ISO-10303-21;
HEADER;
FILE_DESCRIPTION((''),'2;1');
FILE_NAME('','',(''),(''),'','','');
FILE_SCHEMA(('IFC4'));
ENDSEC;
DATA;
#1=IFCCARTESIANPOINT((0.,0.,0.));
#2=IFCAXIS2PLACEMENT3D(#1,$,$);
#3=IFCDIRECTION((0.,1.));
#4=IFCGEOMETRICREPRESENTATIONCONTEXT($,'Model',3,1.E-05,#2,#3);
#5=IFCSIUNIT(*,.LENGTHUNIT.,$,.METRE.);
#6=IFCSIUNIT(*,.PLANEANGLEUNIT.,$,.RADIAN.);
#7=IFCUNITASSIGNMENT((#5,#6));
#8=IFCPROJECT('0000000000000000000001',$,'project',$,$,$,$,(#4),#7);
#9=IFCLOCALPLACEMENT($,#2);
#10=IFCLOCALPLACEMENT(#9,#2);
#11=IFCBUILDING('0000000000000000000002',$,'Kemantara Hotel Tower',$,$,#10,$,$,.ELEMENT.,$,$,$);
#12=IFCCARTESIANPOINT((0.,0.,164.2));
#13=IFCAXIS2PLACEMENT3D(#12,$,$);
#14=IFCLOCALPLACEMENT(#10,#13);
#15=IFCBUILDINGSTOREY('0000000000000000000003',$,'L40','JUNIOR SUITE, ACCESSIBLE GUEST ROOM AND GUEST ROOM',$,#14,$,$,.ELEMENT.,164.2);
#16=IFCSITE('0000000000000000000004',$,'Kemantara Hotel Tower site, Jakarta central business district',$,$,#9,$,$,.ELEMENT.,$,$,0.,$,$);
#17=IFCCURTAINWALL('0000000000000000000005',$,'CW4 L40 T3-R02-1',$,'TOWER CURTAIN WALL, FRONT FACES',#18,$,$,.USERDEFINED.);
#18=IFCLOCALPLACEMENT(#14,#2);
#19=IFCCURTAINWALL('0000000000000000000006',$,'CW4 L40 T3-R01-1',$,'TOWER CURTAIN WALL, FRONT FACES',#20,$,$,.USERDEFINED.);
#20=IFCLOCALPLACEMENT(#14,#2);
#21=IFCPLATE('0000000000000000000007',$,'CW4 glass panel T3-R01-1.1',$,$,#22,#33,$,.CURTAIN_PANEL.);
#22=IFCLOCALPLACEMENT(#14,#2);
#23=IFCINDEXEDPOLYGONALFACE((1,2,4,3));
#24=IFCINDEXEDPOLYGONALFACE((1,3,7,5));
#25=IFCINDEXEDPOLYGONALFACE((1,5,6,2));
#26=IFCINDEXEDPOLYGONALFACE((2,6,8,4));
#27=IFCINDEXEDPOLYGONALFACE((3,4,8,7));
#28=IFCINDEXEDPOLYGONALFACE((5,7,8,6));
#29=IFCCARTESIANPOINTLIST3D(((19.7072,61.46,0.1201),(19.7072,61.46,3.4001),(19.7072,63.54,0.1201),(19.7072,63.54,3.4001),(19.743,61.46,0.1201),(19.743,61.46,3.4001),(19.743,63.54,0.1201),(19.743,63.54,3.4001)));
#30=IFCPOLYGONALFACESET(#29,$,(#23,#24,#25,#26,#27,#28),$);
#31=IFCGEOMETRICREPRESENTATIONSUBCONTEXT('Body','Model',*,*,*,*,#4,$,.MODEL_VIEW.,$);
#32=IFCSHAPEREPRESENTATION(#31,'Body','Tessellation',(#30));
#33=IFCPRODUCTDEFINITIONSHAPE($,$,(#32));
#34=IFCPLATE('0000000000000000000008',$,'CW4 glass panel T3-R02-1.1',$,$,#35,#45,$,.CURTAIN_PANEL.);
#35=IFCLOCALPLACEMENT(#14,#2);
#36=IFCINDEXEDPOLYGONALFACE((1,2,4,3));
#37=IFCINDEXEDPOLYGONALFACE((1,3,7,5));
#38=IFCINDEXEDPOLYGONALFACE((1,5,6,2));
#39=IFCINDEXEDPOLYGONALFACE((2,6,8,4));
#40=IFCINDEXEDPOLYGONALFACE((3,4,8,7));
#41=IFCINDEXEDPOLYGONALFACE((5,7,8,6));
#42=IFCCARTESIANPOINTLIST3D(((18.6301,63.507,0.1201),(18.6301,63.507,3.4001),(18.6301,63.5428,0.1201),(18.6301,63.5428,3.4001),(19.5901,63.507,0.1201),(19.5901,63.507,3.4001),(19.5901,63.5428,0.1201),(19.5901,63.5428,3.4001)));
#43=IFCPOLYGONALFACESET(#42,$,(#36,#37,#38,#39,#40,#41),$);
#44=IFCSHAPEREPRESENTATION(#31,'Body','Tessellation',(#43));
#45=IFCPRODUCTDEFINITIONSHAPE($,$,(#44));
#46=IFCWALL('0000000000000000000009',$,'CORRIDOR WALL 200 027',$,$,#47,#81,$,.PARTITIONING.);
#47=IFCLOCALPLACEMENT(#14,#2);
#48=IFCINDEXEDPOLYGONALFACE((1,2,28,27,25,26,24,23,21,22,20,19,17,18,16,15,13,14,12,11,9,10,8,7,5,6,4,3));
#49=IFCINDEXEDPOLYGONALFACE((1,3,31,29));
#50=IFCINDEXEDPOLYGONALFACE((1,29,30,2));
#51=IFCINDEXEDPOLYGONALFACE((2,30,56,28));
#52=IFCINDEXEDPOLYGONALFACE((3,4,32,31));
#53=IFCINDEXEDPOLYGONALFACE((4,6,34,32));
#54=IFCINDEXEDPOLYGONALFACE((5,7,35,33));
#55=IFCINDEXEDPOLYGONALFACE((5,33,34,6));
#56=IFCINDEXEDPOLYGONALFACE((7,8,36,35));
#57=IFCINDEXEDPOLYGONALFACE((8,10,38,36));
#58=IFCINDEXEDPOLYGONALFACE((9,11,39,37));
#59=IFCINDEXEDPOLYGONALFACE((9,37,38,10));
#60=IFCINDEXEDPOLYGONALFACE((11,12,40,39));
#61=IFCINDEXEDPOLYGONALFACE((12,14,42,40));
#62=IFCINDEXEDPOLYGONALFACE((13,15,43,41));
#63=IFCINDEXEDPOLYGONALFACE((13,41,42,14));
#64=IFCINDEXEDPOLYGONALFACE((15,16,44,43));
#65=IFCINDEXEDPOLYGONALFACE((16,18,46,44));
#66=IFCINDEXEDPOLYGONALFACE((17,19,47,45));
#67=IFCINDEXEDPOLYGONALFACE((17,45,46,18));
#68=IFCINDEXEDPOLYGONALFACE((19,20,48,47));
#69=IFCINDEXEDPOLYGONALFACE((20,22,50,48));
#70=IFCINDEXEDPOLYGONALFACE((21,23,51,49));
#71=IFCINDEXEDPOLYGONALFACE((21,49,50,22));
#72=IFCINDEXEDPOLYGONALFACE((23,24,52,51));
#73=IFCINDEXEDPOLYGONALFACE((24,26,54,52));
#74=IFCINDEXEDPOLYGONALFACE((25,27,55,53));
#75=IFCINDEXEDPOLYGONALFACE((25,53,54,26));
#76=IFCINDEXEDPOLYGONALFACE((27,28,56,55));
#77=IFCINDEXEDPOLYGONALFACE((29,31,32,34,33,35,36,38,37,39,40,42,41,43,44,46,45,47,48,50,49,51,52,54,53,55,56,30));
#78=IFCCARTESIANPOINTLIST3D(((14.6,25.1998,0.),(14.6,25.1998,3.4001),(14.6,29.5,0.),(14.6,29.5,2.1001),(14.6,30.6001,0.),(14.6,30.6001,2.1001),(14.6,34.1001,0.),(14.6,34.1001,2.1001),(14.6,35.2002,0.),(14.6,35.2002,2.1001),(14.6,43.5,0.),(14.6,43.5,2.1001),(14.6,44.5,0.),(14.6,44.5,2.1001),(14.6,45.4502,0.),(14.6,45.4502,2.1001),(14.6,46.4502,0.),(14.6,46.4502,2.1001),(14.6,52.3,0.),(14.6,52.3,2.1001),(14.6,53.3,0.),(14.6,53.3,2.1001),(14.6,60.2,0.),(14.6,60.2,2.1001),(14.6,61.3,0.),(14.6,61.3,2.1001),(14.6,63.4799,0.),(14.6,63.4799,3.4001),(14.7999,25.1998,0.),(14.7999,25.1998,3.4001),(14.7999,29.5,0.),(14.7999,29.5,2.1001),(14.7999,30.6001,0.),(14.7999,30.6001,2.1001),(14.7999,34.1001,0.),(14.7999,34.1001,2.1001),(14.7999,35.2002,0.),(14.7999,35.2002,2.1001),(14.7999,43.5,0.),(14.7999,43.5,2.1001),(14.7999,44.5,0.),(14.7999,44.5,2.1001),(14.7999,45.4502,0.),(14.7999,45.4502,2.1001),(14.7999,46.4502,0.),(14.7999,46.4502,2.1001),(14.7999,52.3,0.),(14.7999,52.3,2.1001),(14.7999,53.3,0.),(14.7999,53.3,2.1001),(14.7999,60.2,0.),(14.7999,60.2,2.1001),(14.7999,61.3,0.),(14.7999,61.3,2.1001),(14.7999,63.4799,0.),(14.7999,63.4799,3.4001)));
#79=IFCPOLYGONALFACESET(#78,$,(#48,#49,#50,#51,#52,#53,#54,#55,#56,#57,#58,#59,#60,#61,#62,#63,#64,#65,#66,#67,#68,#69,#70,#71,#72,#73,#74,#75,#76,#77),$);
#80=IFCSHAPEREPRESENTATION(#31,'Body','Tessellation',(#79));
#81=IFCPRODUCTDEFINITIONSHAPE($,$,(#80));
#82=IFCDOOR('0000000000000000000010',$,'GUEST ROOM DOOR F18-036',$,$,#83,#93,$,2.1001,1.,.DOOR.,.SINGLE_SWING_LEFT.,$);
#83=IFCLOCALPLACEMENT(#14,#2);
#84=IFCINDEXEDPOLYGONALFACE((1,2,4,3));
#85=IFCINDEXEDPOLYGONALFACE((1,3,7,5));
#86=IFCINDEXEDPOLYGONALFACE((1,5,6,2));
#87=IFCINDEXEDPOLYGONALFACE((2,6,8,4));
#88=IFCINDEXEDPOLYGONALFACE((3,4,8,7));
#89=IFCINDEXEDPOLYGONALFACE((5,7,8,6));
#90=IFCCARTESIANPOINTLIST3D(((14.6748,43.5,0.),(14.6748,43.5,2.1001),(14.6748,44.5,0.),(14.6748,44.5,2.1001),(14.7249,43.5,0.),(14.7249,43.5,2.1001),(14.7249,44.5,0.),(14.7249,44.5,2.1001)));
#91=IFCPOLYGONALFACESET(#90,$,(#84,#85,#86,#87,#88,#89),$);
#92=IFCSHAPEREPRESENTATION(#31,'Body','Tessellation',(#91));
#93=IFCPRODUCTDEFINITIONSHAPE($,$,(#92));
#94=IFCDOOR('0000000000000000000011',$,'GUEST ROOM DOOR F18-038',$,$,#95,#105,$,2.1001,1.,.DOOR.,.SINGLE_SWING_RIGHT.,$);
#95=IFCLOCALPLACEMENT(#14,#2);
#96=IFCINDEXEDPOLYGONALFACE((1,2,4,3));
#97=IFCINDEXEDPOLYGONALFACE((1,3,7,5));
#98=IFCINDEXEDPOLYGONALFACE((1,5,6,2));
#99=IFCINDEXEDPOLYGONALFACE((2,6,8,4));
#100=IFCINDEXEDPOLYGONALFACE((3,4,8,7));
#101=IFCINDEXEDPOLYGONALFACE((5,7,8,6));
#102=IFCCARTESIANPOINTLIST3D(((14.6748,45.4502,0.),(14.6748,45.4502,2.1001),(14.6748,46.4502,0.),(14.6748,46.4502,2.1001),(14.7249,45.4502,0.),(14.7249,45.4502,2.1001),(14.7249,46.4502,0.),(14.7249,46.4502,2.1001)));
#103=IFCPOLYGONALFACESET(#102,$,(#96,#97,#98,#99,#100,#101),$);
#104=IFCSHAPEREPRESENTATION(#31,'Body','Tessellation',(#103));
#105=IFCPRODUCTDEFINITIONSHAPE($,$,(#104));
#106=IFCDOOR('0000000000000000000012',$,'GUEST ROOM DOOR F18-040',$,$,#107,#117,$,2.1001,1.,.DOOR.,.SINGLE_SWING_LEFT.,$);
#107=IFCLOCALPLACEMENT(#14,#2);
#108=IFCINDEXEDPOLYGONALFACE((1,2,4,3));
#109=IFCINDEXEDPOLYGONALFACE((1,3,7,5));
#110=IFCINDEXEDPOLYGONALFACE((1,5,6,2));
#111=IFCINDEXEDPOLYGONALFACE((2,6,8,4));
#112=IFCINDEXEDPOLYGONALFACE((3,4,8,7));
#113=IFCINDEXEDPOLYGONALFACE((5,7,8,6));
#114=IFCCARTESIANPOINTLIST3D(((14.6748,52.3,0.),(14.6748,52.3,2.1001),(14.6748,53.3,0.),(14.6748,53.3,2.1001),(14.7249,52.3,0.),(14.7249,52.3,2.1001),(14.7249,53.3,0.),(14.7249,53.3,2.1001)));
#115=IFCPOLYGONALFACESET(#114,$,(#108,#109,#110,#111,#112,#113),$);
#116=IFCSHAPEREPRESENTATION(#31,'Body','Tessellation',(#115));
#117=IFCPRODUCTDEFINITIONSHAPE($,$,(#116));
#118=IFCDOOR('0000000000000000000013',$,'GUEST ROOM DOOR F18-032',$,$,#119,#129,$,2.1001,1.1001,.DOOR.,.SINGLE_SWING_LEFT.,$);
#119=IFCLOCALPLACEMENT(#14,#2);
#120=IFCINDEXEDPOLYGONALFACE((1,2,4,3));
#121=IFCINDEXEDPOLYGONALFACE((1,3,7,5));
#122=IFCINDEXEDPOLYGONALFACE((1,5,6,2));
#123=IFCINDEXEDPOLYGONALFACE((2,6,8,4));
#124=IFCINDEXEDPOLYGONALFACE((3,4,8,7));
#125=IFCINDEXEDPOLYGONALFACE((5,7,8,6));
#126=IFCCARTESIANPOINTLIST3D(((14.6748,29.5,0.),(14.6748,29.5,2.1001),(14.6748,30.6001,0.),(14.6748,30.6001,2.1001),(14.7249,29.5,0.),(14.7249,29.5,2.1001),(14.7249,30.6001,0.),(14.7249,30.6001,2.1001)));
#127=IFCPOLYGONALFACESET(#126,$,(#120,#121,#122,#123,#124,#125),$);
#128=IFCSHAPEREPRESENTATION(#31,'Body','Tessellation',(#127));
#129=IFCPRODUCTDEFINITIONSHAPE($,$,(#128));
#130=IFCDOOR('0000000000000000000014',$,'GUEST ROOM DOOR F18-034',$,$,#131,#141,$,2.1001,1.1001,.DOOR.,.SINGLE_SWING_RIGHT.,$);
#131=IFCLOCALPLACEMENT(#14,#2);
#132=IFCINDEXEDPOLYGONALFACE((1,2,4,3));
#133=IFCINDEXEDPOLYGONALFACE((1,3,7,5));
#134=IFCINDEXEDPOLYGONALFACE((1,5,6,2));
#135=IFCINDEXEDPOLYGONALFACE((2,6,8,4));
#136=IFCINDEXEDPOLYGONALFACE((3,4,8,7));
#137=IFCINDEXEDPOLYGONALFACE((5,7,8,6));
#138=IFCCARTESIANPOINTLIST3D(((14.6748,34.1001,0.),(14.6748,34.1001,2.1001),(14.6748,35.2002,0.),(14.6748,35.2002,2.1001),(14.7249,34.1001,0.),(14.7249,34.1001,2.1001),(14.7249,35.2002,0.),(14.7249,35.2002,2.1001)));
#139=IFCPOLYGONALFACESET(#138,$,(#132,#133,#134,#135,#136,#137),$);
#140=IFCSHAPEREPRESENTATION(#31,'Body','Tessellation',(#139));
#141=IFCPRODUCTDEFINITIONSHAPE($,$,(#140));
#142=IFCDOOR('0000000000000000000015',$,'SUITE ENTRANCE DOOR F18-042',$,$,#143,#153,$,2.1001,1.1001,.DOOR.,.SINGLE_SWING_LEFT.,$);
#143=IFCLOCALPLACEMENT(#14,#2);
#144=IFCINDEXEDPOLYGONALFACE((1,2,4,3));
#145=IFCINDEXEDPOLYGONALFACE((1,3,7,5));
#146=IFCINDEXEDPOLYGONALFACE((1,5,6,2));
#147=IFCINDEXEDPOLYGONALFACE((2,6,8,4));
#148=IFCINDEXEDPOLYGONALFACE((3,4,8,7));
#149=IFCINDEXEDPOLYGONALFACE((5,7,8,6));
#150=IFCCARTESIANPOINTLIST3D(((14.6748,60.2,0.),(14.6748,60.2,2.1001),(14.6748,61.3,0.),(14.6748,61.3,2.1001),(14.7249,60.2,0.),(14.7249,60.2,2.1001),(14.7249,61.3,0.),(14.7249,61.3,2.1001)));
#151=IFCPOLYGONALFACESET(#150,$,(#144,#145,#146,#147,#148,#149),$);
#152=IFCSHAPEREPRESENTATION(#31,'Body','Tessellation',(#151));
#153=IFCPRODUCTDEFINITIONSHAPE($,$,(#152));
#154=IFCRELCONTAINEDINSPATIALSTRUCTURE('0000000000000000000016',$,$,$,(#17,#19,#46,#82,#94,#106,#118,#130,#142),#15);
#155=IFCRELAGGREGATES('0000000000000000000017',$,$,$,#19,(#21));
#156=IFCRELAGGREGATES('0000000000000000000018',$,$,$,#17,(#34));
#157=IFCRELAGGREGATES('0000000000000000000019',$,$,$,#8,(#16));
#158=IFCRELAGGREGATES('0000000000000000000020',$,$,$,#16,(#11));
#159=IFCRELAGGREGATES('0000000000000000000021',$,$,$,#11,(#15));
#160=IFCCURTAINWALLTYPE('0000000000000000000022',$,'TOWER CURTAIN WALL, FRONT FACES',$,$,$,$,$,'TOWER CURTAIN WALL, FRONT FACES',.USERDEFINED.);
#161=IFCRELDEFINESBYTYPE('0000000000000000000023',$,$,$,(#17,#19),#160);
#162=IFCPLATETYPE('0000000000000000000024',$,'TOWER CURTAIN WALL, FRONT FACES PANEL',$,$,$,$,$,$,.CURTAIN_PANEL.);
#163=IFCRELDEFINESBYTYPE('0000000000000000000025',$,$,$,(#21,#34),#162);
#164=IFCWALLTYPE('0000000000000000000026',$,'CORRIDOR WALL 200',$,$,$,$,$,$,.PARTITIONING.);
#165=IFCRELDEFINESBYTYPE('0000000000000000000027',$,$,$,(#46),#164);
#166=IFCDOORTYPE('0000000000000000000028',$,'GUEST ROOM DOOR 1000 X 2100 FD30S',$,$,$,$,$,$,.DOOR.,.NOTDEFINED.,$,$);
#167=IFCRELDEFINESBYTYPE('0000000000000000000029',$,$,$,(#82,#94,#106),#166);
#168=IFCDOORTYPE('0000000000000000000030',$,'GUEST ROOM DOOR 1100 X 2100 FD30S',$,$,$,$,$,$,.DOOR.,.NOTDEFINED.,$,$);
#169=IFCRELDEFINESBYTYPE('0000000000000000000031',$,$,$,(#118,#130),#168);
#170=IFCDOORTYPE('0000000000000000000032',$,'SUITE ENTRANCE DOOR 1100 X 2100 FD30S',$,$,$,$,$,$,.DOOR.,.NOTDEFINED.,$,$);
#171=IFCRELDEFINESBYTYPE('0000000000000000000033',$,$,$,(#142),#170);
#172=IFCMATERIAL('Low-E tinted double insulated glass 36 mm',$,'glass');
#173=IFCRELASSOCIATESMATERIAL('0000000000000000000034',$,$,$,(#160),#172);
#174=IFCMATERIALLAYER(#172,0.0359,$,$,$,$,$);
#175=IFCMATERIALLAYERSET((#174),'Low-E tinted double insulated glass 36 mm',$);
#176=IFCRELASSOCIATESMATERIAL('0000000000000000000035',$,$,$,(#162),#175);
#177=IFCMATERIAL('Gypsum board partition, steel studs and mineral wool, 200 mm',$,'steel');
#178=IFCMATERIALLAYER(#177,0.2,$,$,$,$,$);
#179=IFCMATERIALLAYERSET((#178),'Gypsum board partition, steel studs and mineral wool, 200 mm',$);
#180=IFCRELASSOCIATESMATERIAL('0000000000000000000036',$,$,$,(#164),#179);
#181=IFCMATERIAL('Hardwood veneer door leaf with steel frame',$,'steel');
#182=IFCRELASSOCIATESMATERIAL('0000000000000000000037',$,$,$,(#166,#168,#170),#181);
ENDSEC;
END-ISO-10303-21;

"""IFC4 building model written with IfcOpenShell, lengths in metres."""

from ifc_helpers import new_model, si_unit, direction, frame, frame_2d, origin, origin_2d, place, context, subcontext, project, spatial, rectangle, extrude, source, transform, mapped, material, layer, layer_set, type_object, element, fill, aggregate, save


model = new_model("IFC4")

# Units and contexts
model_context = context("Model", 3, precision=1e-05, world=origin(), true_north=direction((0.0, 1.0)))
body_context = subcontext(model_context, "Body", "Model", "MODEL_VIEW")
ifc_project = project(units=[si_unit("LENGTHUNIT", "METRE"), si_unit("PLANEANGLEUNIT", "RADIAN")], contexts=[model_context])

# Site, building, storey
site_placement = place(None, origin())
site = spatial("IfcSite", under=ifc_project, at=site_placement, Name="Kemantara Hotel Tower site, Jakarta central business district", CompositionType="ELEMENT", RefElevation=0.0)
building_placement = place(site_placement, origin())
building = spatial("IfcBuilding", under=site, at=building_placement, Name="Kemantara Hotel Tower", CompositionType="ELEMENT")
storey_placement = place(building_placement, frame((0.0, 0.0, 164.2)))
storey = spatial("IfcBuildingStorey", under=building, at=storey_placement, Name="L40", Description="JUNIOR SUITE, ACCESSIBLE GUEST ROOM AND GUEST ROOM", CompositionType="ELEMENT", Elevation=164.2)

# Curtain walls
ifc_material_1 = material(Name="Low-E tinted double insulated glass 36 mm", Category="glass")
curtain_wall_type = type_object("IfcCurtainWallType", Name="TOWER CURTAIN WALL, FRONT FACES", ElementType="TOWER CURTAIN WALL, FRONT FACES", PredefinedType="USERDEFINED", material=ifc_material_1)
curtain_wall_1_placement = place(storey_placement, origin())
curtain_wall_1 = element("IfcCurtainWall", 1, at=curtain_wall_1_placement, inside=storey, type_object=curtain_wall_type, Name="CW4 L40 T3-R02-1", ObjectType="TOWER CURTAIN WALL, FRONT FACES", PredefinedType="USERDEFINED")
curtain_wall_2_placement = place(storey_placement, origin())
curtain_wall_2 = element("IfcCurtainWall", 2, at=curtain_wall_2_placement, inside=storey, type_object=curtain_wall_type, Name="CW4 L40 T3-R01-1", ObjectType="TOWER CURTAIN WALL, FRONT FACES", PredefinedType="USERDEFINED")

# Plates
ifc_layer_1 = layer(ifc_material_1, 0.0359)
ifc_layer_set_1 = layer_set([ifc_layer_1], Name="Low-E tinted double insulated glass 36 mm")
plate_type = type_object("IfcPlateType", Name="TOWER CURTAIN WALL, FRONT FACES PANEL", PredefinedType="CURTAIN_PANEL", material=ifc_layer_set_1)
shared_shape_1 = source(origin(), body_context, "Body", "SweptSolid", [
    extrude(rectangle(XDim=2.0801, YDim=0.0359, at=origin_2d()), origin(), (0.0, 0.0, 1.0), 3.28),
])
plate_1_placement = place(storey_placement, frame((19.7251, 62.5, 0.1201), z_axis=(0.0, 0.0, 1.0), x_axis=(0.0, 1.0, 0.0)))
plate_1 = element("IfcPlate", 3, at=plate_1_placement, type_object=plate_type, Name="CW4 glass panel T3-R01-1.1", PredefinedType="CURTAIN_PANEL", context=body_context, shape_type="MappedRepresentation", body=[
    mapped(shared_shape_1, transform((0.0, 0.0, 0.0))),
])
aggregate(curtain_wall_2, [plate_1])
shared_shape_2 = source(origin(), body_context, "Body", "SweptSolid", [
    extrude(rectangle(XDim=0.96, YDim=0.0359, at=origin_2d()), origin(), (0.0, 0.0, 1.0), 3.28),
])
plate_2_placement = place(storey_placement, frame((19.1101, 63.5249, 0.1201), z_axis=(0.0, 0.0, 1.0), x_axis=(-1.0, 0.0, 0.0)))
plate_2 = element("IfcPlate", 4, at=plate_2_placement, type_object=plate_type, Name="CW4 glass panel T3-R02-1.1", PredefinedType="CURTAIN_PANEL", context=body_context, shape_type="MappedRepresentation", body=[
    mapped(shared_shape_2, transform((0.0, 0.0, 0.0))),
])
aggregate(curtain_wall_1, [plate_2])

# Wall, openings, doors
ifc_material_2 = material(Name="Gypsum board partition, steel studs and mineral wool, 200 mm", Category="steel")
ifc_layer_2 = layer(ifc_material_2, 0.2)
ifc_layer_set_2 = layer_set([ifc_layer_2], Name="Gypsum board partition, steel studs and mineral wool, 200 mm")
wall_type = type_object("IfcWallType", Name="CORRIDOR WALL 200", PredefinedType="PARTITIONING", material=ifc_layer_set_2)
wall_placement = place(storey_placement, frame((14.7, 63.48, 0.0), z_axis=(0.0, 0.0, 1.0), x_axis=(0.0, -1.0, 0.0)))
wall = element("IfcWall", 5, at=wall_placement, inside=storey, type_object=wall_type, Name="CORRIDOR WALL 200 027", PredefinedType="PARTITIONING", context=body_context, shape_type="SweptSolid", body=[
    extrude(rectangle(XDim=38.28, YDim=0.2, at=frame_2d((19.1401, 0.0))), origin(), (0.0, 0.0, 1.0), 3.4001),
])
opening_1_placement = place(wall_placement, frame((32.8799, 0.0, 0.0)))
opening_1 = element("IfcOpeningElement", 6, at=opening_1_placement, cuts=wall, PredefinedType="OPENING", context=body_context, shape_type="SweptSolid", body=[
    extrude(rectangle(XDim=1.1001, YDim=2.1001, at=frame_2d((0.55, 1.05))), frame((0.0, 0.1099, 0.0), z_axis=(0.0, -1.0, 0.0), x_axis=(1.0, 0.0, 0.0)), (0.0, 0.0, 1.0), 0.22),
])
opening_2_placement = place(wall_placement, frame((28.2798, 0.0, 0.0)))
opening_2 = element("IfcOpeningElement", 7, at=opening_2_placement, cuts=wall, PredefinedType="OPENING", context=body_context, shape_type="SweptSolid", body=[
    extrude(rectangle(XDim=1.1001, YDim=2.1001, at=frame_2d((0.55, 1.05))), frame((0.0, 0.1099, 0.0), z_axis=(0.0, -1.0, 0.0), x_axis=(1.0, 0.0, 0.0)), (0.0, 0.0, 1.0), 0.22),
])
opening_3_placement = place(wall_placement, frame((18.98, 0.0, 0.0)))
opening_3 = element("IfcOpeningElement", 8, at=opening_3_placement, cuts=wall, PredefinedType="OPENING", context=body_context, shape_type="SweptSolid", body=[
    extrude(rectangle(XDim=1.0, YDim=2.1001, at=frame_2d((0.5, 1.05))), frame((0.0, 0.1099, 0.0), z_axis=(0.0, -1.0, 0.0), x_axis=(1.0, 0.0, 0.0)), (0.0, 0.0, 1.0), 0.22),
])
opening_4_placement = place(wall_placement, frame((17.0298, 0.0, 0.0)))
opening_4 = element("IfcOpeningElement", 9, at=opening_4_placement, cuts=wall, PredefinedType="OPENING", context=body_context, shape_type="SweptSolid", body=[
    extrude(rectangle(XDim=1.0, YDim=2.1001, at=frame_2d((0.5, 1.05))), frame((0.0, 0.1099, 0.0), z_axis=(0.0, -1.0, 0.0), x_axis=(1.0, 0.0, 0.0)), (0.0, 0.0, 1.0), 0.22),
])
opening_5_placement = place(wall_placement, frame((10.1799, 0.0, 0.0)))
opening_5 = element("IfcOpeningElement", 10, at=opening_5_placement, cuts=wall, PredefinedType="OPENING", context=body_context, shape_type="SweptSolid", body=[
    extrude(rectangle(XDim=1.0, YDim=2.1001, at=frame_2d((0.5, 1.05))), frame((0.0, 0.1099, 0.0), z_axis=(0.0, -1.0, 0.0), x_axis=(1.0, 0.0, 0.0)), (0.0, 0.0, 1.0), 0.22),
])
opening_6_placement = place(wall_placement, frame((2.1799, 0.0, 0.0)))
opening_6 = element("IfcOpeningElement", 11, at=opening_6_placement, cuts=wall, PredefinedType="OPENING", context=body_context, shape_type="SweptSolid", body=[
    extrude(rectangle(XDim=1.1001, YDim=2.1001, at=frame_2d((0.55, 1.05))), frame((0.0, 0.1099, 0.0), z_axis=(0.0, -1.0, 0.0), x_axis=(1.0, 0.0, 0.0)), (0.0, 0.0, 1.0), 0.22),
])
ifc_material_3 = material(Name="Hardwood veneer door leaf with steel frame", Category="steel")
door_type_1 = type_object("IfcDoorType", Name="GUEST ROOM DOOR 1000 X 2100 FD30S", OperationType="NOTDEFINED", PredefinedType="DOOR", material=ifc_material_3)
door_1_placement = place(opening_3_placement, origin())
door_1 = element("IfcDoor", 12, at=door_1_placement, inside=storey, type_object=door_type_1, Name="GUEST ROOM DOOR F18-036", OperationType="SINGLE_SWING_LEFT", OverallHeight=2.1001, OverallWidth=1.0, PredefinedType="DOOR", context=body_context, shape_type="SweptSolid", body=[
    extrude(rectangle(XDim=1.0, YDim=2.1001, at=frame_2d((0.5, 1.05))), frame((0.0, 0.0249, 0.0), z_axis=(0.0, -1.0, 0.0), x_axis=(1.0, 0.0, 0.0)), (0.0, 0.0, 1.0), 0.05),
])
fill(opening_3, door_1)
door_2_placement = place(opening_4_placement, origin())
door_2 = element("IfcDoor", 13, at=door_2_placement, inside=storey, type_object=door_type_1, Name="GUEST ROOM DOOR F18-038", OperationType="SINGLE_SWING_RIGHT", OverallHeight=2.1001, OverallWidth=1.0, PredefinedType="DOOR", context=body_context, shape_type="SweptSolid", body=[
    extrude(rectangle(XDim=1.0, YDim=2.1001, at=frame_2d((0.5, 1.05))), frame((0.0, 0.0249, 0.0), z_axis=(0.0, -1.0, 0.0), x_axis=(1.0, 0.0, 0.0)), (0.0, 0.0, 1.0), 0.05),
])
fill(opening_4, door_2)
door_3_placement = place(opening_5_placement, origin())
door_3 = element("IfcDoor", 14, at=door_3_placement, inside=storey, type_object=door_type_1, Name="GUEST ROOM DOOR F18-040", OperationType="SINGLE_SWING_LEFT", OverallHeight=2.1001, OverallWidth=1.0, PredefinedType="DOOR", context=body_context, shape_type="SweptSolid", body=[
    extrude(rectangle(XDim=1.0, YDim=2.1001, at=frame_2d((0.5, 1.05))), frame((0.0, 0.0249, 0.0), z_axis=(0.0, -1.0, 0.0), x_axis=(1.0, 0.0, 0.0)), (0.0, 0.0, 1.0), 0.05),
])
fill(opening_5, door_3)
door_type_2 = type_object("IfcDoorType", Name="GUEST ROOM DOOR 1100 X 2100 FD30S", OperationType="NOTDEFINED", PredefinedType="DOOR", material=ifc_material_3)
door_4_placement = place(opening_1_placement, origin())
door_4 = element("IfcDoor", 15, at=door_4_placement, inside=storey, type_object=door_type_2, Name="GUEST ROOM DOOR F18-032", OperationType="SINGLE_SWING_LEFT", OverallHeight=2.1001, OverallWidth=1.1001, PredefinedType="DOOR", context=body_context, shape_type="SweptSolid", body=[
    extrude(rectangle(XDim=1.1001, YDim=2.1001, at=frame_2d((0.55, 1.05))), frame((0.0, 0.0249, 0.0), z_axis=(0.0, -1.0, 0.0), x_axis=(1.0, 0.0, 0.0)), (0.0, 0.0, 1.0), 0.05),
])
fill(opening_1, door_4)
door_5_placement = place(opening_2_placement, origin())
door_5 = element("IfcDoor", 16, at=door_5_placement, inside=storey, type_object=door_type_2, Name="GUEST ROOM DOOR F18-034", OperationType="SINGLE_SWING_RIGHT", OverallHeight=2.1001, OverallWidth=1.1001, PredefinedType="DOOR", context=body_context, shape_type="SweptSolid", body=[
    extrude(rectangle(XDim=1.1001, YDim=2.1001, at=frame_2d((0.55, 1.05))), frame((0.0, 0.0249, 0.0), z_axis=(0.0, -1.0, 0.0), x_axis=(1.0, 0.0, 0.0)), (0.0, 0.0, 1.0), 0.05),
])
fill(opening_2, door_5)
door_type_3 = type_object("IfcDoorType", Name="SUITE ENTRANCE DOOR 1100 X 2100 FD30S", OperationType="NOTDEFINED", PredefinedType="DOOR", material=ifc_material_3)
door_6_placement = place(opening_6_placement, origin())
door_6 = element("IfcDoor", 17, at=door_6_placement, inside=storey, type_object=door_type_3, Name="SUITE ENTRANCE DOOR F18-042", OperationType="SINGLE_SWING_LEFT", OverallHeight=2.1001, OverallWidth=1.1001, PredefinedType="DOOR", context=body_context, shape_type="SweptSolid", body=[
    extrude(rectangle(XDim=1.1001, YDim=2.1001, at=frame_2d((0.55, 1.05))), frame((0.0, 0.0249, 0.0), z_axis=(0.0, -1.0, 0.0), x_axis=(1.0, 0.0, 0.0)), (0.0, 0.0, 1.0), 0.05),
])
fill(opening_6, door_6)

save(model, "model.ifc")
